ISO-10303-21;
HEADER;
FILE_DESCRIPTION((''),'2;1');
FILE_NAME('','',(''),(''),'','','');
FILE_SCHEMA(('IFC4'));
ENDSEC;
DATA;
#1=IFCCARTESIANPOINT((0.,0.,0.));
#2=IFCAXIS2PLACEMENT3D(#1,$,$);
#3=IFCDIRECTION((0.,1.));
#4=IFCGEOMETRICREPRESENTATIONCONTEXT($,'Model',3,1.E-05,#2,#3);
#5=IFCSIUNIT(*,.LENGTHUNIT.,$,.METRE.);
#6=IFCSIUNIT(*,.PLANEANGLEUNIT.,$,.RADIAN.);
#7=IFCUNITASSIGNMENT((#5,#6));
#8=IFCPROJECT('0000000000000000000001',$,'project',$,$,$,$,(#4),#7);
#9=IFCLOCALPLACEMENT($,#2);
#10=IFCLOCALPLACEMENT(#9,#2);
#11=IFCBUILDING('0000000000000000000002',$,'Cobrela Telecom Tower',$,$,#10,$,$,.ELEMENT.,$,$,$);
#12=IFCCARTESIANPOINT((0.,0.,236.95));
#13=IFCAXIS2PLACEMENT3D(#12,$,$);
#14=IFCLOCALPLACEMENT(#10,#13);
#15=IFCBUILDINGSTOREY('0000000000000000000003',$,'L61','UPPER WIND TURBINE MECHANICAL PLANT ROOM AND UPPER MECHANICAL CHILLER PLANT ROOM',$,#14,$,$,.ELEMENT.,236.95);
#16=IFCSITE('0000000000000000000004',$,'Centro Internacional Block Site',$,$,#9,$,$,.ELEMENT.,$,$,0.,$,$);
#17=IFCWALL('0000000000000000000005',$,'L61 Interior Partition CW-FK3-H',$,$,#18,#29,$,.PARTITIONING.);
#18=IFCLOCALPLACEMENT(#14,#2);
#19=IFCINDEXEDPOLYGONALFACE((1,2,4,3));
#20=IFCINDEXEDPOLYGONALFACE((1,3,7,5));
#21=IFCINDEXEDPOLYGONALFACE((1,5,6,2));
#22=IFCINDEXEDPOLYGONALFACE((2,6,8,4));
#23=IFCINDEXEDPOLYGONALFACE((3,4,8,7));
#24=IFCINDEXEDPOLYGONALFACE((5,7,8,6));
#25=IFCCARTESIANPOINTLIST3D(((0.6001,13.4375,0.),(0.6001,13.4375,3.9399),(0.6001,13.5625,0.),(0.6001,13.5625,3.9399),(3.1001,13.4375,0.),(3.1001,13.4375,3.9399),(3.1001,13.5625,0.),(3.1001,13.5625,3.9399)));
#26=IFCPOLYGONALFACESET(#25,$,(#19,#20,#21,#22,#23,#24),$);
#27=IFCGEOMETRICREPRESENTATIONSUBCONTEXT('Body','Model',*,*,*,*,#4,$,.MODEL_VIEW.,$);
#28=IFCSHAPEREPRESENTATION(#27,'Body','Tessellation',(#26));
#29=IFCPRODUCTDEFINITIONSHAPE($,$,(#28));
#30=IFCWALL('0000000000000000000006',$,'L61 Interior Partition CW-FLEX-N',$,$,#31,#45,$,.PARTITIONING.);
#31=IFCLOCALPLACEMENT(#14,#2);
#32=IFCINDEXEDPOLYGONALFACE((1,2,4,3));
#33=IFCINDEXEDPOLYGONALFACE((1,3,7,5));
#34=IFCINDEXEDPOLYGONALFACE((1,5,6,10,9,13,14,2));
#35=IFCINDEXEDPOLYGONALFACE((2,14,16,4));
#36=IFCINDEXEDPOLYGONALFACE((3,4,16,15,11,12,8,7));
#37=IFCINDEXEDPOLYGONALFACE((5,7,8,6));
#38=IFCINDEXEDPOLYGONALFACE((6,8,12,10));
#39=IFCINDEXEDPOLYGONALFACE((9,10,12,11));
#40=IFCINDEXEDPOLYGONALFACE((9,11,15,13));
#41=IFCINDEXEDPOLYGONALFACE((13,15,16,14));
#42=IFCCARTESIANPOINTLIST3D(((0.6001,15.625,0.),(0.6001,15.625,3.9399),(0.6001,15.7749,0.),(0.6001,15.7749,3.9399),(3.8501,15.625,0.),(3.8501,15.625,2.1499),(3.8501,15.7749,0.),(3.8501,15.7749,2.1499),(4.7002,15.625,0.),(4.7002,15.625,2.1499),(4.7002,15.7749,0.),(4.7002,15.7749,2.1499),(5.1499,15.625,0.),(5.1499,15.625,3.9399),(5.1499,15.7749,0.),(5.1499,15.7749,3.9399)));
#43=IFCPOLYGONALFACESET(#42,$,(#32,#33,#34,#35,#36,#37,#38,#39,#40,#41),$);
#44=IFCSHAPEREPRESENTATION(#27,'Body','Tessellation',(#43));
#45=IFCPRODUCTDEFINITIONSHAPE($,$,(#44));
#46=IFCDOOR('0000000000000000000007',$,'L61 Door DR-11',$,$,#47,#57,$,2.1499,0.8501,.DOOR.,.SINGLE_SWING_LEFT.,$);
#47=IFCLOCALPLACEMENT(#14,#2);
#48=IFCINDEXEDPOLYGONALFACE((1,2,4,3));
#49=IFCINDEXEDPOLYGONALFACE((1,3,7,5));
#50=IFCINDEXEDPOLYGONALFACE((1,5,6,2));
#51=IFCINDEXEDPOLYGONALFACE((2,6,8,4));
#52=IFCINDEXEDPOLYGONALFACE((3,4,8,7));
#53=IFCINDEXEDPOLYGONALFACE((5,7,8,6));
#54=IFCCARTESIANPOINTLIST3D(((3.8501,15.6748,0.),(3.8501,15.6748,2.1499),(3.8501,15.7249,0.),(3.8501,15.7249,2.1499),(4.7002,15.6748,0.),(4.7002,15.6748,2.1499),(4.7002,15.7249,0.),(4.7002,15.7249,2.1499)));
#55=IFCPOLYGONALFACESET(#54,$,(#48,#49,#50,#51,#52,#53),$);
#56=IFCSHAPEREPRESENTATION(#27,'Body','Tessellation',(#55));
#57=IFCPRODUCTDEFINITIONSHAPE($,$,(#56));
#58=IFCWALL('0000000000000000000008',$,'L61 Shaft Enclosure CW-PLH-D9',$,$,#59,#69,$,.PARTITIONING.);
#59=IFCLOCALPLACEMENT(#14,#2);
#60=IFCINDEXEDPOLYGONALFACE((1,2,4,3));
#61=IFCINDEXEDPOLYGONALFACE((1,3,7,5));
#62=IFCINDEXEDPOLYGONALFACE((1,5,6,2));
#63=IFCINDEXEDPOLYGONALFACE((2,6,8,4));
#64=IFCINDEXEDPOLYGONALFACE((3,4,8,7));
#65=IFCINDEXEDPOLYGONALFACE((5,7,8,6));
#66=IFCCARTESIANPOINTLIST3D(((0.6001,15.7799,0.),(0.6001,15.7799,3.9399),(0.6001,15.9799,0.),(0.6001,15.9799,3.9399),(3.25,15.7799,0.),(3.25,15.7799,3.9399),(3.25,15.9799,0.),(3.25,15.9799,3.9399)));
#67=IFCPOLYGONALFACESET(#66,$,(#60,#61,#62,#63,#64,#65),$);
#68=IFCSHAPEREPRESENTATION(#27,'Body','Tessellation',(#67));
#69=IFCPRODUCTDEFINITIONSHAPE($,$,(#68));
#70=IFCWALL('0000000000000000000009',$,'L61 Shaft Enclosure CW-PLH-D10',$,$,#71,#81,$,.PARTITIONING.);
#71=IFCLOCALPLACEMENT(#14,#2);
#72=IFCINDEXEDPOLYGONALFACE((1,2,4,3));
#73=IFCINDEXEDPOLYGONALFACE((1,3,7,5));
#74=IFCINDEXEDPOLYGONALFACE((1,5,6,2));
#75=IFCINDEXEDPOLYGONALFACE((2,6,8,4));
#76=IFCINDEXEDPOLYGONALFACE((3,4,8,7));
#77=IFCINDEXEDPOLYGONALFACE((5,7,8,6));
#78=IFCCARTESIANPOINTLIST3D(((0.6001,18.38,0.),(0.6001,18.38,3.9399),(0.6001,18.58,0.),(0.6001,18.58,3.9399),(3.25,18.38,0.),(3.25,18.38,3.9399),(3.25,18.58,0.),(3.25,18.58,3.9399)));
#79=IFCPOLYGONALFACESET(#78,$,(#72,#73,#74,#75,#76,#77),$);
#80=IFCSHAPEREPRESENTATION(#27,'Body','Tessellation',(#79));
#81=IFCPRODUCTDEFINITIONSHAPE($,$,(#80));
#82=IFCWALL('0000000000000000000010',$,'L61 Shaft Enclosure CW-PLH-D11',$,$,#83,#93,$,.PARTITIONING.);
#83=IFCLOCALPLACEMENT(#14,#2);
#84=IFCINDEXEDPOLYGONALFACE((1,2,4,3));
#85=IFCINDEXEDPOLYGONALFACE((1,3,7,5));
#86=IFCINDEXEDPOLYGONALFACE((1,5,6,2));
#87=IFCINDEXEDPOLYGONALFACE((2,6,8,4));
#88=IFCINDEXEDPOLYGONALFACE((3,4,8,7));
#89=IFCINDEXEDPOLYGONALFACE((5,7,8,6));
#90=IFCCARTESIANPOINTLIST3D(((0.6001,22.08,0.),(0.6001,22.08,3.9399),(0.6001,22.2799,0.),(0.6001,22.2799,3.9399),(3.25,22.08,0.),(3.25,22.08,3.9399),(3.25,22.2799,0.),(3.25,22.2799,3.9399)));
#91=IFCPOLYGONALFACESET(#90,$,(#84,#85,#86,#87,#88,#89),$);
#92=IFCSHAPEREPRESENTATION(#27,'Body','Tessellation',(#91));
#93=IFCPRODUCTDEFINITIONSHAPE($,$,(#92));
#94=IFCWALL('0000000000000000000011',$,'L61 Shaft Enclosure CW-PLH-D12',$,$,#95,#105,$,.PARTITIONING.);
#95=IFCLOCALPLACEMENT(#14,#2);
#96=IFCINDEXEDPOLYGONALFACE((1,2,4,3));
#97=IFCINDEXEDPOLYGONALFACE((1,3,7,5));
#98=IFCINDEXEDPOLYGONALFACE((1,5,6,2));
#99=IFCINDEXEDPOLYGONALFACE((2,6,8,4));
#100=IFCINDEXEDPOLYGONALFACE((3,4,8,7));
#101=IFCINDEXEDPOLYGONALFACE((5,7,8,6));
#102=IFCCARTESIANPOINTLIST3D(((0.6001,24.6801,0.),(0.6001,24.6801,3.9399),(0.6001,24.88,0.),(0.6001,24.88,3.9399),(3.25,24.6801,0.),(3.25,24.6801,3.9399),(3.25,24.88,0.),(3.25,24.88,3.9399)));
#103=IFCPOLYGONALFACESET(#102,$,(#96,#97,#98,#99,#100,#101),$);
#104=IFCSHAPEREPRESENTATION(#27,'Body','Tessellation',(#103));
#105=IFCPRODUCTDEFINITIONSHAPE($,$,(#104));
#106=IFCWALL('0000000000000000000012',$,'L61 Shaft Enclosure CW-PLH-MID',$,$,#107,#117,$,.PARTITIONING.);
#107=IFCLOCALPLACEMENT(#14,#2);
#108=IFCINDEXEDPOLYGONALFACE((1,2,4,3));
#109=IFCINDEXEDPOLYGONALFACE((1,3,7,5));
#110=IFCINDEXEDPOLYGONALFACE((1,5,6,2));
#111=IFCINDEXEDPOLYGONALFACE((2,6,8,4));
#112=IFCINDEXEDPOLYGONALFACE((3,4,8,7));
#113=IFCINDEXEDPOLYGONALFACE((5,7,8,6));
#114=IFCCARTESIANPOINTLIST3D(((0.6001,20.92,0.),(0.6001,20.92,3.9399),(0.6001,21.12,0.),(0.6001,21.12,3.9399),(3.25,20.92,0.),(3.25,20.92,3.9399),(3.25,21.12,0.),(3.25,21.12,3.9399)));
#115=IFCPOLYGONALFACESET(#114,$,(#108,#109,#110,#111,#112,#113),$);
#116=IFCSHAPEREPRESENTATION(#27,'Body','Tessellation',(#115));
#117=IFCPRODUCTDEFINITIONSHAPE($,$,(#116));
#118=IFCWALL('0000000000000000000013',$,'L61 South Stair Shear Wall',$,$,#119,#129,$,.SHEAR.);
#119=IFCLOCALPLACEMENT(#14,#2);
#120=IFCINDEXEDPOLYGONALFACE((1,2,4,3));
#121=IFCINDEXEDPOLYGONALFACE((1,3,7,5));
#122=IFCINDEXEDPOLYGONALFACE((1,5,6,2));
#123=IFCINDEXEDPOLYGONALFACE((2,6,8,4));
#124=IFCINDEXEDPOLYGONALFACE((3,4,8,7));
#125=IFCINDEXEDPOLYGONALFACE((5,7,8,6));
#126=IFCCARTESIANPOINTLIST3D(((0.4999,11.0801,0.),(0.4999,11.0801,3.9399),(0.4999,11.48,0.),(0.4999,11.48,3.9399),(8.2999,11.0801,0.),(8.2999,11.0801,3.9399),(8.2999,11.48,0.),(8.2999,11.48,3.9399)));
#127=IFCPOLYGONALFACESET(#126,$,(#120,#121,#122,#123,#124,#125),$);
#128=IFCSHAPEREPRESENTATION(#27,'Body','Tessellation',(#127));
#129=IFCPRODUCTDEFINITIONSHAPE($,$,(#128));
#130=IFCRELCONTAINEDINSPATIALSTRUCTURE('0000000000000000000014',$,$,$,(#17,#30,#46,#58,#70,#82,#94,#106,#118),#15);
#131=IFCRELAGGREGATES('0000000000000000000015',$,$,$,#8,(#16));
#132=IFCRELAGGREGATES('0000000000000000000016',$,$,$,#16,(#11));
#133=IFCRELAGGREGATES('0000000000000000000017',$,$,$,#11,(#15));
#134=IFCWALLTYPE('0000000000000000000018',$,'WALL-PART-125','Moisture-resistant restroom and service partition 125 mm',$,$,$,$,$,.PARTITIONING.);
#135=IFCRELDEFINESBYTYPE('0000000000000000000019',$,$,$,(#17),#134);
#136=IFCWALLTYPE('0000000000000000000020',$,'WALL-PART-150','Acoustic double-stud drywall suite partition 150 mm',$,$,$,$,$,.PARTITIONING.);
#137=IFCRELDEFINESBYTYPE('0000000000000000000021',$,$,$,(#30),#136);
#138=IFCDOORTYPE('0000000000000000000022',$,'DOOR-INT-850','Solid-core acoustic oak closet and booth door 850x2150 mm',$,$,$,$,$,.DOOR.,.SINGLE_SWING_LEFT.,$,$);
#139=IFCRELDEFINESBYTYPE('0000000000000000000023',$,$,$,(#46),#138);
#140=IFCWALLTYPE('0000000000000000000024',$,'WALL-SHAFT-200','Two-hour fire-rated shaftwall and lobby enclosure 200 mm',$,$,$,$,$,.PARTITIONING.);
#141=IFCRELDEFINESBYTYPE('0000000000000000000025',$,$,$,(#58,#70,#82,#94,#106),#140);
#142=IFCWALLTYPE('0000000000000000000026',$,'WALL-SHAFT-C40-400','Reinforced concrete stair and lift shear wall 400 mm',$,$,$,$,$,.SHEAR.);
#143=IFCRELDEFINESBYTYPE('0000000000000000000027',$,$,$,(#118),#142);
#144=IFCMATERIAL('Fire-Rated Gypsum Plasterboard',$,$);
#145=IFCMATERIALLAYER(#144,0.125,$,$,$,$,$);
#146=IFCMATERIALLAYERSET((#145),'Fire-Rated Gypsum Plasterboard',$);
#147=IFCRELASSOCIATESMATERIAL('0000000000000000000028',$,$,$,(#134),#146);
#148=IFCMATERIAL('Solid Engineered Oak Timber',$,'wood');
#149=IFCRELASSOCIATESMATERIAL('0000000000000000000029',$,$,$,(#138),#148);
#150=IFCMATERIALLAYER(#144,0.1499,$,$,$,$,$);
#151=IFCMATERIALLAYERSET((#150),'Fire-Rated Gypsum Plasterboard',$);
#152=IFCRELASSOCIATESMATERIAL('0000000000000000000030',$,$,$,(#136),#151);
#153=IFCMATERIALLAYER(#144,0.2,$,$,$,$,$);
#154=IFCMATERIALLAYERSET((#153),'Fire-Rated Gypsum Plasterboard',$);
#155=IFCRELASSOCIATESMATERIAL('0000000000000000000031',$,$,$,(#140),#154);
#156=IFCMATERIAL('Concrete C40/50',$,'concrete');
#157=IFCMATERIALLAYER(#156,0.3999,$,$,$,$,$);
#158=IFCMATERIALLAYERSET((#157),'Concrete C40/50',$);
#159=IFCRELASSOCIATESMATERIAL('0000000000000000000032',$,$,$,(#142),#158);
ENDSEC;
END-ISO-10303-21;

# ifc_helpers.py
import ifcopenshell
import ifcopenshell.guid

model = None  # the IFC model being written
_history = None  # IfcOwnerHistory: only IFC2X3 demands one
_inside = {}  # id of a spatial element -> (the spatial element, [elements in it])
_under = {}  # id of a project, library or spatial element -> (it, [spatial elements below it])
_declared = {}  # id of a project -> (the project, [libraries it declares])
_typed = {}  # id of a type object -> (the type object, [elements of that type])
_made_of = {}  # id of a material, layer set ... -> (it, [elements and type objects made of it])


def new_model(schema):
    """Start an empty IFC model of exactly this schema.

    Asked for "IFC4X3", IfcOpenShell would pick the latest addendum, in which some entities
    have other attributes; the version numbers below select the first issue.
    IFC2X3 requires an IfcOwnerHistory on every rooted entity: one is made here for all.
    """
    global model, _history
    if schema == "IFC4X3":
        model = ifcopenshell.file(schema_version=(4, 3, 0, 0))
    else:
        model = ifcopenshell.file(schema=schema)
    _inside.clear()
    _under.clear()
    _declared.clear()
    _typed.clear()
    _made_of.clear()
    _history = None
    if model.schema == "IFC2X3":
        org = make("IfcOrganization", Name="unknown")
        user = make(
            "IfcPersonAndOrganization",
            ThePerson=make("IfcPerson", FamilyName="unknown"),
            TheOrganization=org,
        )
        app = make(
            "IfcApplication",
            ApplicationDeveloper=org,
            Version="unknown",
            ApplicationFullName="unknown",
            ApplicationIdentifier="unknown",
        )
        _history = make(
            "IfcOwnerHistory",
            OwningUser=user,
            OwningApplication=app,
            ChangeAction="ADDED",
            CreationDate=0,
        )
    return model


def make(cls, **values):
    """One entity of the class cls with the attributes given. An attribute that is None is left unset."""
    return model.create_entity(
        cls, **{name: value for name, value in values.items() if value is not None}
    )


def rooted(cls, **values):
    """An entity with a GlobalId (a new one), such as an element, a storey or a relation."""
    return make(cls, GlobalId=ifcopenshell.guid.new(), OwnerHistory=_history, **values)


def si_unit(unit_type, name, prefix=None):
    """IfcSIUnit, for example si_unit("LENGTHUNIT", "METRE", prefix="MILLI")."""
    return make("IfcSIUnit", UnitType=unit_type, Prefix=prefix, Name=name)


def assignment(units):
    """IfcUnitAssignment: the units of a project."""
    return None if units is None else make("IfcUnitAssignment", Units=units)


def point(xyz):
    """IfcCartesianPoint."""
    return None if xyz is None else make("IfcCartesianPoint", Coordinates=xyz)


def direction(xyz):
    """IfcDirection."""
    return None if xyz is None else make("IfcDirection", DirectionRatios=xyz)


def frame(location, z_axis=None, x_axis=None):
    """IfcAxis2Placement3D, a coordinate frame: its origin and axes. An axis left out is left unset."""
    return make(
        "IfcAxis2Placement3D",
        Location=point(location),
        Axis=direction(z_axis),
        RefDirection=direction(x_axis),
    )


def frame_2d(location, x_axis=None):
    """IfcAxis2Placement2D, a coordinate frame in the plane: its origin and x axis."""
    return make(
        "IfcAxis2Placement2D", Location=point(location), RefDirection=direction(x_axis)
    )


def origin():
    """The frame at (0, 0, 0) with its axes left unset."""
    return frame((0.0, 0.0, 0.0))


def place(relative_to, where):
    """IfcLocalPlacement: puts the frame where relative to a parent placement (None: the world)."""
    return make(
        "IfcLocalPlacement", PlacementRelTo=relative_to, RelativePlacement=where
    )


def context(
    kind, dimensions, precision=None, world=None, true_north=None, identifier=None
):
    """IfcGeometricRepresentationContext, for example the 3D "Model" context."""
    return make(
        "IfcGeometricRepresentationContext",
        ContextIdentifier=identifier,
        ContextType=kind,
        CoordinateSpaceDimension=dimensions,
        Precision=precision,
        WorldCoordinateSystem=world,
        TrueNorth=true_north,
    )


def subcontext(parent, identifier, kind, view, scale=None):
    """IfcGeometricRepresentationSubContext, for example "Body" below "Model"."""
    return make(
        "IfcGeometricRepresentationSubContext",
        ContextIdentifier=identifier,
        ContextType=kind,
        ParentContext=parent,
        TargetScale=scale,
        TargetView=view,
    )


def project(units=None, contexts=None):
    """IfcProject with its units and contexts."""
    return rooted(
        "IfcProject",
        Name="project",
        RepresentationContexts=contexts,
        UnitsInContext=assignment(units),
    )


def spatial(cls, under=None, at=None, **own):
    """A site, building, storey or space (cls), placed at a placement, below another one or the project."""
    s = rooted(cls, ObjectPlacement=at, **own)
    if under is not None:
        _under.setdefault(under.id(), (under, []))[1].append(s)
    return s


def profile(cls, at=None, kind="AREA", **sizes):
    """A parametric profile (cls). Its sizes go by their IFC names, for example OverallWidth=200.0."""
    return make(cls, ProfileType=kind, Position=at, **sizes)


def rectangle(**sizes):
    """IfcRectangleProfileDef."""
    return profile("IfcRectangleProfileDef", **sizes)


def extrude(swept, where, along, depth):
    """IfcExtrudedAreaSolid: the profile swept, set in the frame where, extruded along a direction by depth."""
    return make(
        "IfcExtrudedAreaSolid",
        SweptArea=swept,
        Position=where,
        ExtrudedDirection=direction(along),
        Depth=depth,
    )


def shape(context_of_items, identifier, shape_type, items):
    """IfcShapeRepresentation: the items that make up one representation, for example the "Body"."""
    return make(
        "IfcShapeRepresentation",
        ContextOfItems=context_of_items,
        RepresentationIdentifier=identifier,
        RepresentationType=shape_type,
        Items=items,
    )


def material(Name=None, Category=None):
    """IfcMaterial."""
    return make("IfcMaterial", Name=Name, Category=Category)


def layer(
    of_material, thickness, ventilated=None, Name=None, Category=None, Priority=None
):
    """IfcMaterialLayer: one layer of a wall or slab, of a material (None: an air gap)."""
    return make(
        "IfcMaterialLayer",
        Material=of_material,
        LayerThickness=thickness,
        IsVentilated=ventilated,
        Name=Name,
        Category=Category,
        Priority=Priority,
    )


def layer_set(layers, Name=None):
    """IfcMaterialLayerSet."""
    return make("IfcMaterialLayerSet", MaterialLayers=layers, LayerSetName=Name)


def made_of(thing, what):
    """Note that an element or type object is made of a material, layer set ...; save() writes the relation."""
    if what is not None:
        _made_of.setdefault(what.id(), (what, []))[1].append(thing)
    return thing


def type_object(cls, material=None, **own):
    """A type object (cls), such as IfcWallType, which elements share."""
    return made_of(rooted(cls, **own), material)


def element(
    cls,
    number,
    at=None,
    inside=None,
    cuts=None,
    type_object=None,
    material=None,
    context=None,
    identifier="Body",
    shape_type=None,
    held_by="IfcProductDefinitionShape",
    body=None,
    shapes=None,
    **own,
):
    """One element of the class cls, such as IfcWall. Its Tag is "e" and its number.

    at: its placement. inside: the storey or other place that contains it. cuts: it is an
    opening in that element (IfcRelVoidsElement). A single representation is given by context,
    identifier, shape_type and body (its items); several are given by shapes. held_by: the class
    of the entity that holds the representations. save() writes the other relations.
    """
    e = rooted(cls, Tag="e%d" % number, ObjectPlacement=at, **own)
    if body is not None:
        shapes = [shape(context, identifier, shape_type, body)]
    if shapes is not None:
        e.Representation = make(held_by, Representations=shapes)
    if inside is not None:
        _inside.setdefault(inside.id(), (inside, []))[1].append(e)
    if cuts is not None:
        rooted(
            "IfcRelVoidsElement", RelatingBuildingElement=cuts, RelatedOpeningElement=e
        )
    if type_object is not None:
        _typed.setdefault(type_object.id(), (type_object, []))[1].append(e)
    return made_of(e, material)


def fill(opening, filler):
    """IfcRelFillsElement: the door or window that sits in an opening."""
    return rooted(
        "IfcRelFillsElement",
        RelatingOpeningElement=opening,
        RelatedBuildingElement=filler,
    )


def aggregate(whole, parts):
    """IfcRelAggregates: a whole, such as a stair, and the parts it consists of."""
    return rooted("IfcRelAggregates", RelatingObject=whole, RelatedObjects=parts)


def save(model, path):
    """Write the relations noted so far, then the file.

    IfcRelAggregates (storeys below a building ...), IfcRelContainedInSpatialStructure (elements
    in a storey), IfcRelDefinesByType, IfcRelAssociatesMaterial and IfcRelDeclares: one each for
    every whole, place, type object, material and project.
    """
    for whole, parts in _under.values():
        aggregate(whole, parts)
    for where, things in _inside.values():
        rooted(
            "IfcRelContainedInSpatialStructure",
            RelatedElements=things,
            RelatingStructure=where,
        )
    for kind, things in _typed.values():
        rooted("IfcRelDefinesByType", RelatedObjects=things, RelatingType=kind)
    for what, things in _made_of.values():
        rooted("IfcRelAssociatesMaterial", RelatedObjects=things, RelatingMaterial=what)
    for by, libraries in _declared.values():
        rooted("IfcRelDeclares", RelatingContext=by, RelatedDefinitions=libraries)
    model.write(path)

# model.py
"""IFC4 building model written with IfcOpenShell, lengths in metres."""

from ifc_helpers import new_model, si_unit, direction, frame, frame_2d, origin, place, context, subcontext, project, spatial, rectangle, extrude, material, layer, layer_set, type_object, element, fill, save


model = new_model("IFC4")

# Units and contexts
model_context = context("Model", 3, precision=1e-05, world=origin(), true_north=direction((0.0, 1.0)))
body_context = subcontext(model_context, "Body", "Model", "MODEL_VIEW")
ifc_project = project(units=[si_unit("LENGTHUNIT", "METRE"), si_unit("PLANEANGLEUNIT", "RADIAN")], contexts=[model_context])

# Site, building, storey
site_placement = place(None, origin())
site = spatial("IfcSite", under=ifc_project, at=site_placement, Name="Centro Internacional Block Site", CompositionType="ELEMENT", RefElevation=0.0)
building_placement = place(site_placement, origin())
building = spatial("IfcBuilding", under=site, at=building_placement, Name="Cobrela Telecom Tower", CompositionType="ELEMENT")
storey_placement = place(building_placement, frame((0.0, 0.0, 236.95)))
storey = spatial("IfcBuildingStorey", under=building, at=storey_placement, Name="L61", Description="UPPER WIND TURBINE MECHANICAL PLANT ROOM AND UPPER MECHANICAL CHILLER PLANT ROOM", CompositionType="ELEMENT", Elevation=236.95)

# Wall
ifc_material_1 = material(Name="Fire-Rated Gypsum Plasterboard")
ifc_layer_1 = layer(ifc_material_1, 0.125)
ifc_layer_set_1 = layer_set([ifc_layer_1], Name="Fire-Rated Gypsum Plasterboard")
wall_type_1 = type_object("IfcWallType", Name="WALL-PART-125", Description="Moisture-resistant restroom and service partition 125 mm", PredefinedType="PARTITIONING", material=ifc_layer_set_1)
wall_1_placement = place(storey_placement, frame((0.6001, 13.5, 0.0), z_axis=(0.0, 0.0, 1.0), x_axis=(1.0, 0.0, 0.0)))
element("IfcWall", 1, at=wall_1_placement, inside=storey, type_object=wall_type_1, Name="L61 Interior Partition CW-FK3-H", PredefinedType="PARTITIONING", context=body_context, shape_type="SweptSolid", body=[
    extrude(rectangle(XDim=2.5, YDim=0.125, at=frame_2d((1.25, 0.0))), origin(), (0.0, 0.0, 1.0), 3.9399),
])

# Shared definitions
ifc_material_2 = material(Name="Solid Engineered Oak Timber", Category="wood")
door_type = type_object("IfcDoorType", Name="DOOR-INT-850", Description="Solid-core acoustic oak closet and booth door 850x2150 mm", OperationType="SINGLE_SWING_LEFT", PredefinedType="DOOR", material=ifc_material_2)

# Wall, opening, door
ifc_layer_2 = layer(ifc_material_1, 0.1499)
ifc_layer_set_2 = layer_set([ifc_layer_2], Name="Fire-Rated Gypsum Plasterboard")
wall_type_2 = type_object("IfcWallType", Name="WALL-PART-150", Description="Acoustic double-stud drywall suite partition 150 mm", PredefinedType="PARTITIONING", material=ifc_layer_set_2)
wall_2_placement = place(storey_placement, frame((0.6001, 15.7, 0.0), z_axis=(0.0, 0.0, 1.0), x_axis=(1.0, 0.0, 0.0)))
wall_2 = element("IfcWall", 2, at=wall_2_placement, inside=storey, type_object=wall_type_2, Name="L61 Interior Partition CW-FLEX-N", PredefinedType="PARTITIONING", context=body_context, shape_type="SweptSolid", body=[
    extrude(rectangle(XDim=4.5498, YDim=0.1499, at=frame_2d((2.2749, 0.0))), origin(), (0.0, 0.0, 1.0), 3.9399),
])
opening_1_placement = place(wall_2_placement, frame((3.25, 0.0, 0.0)))
opening_1 = element("IfcOpeningElement", 3, at=opening_1_placement, cuts=wall_2, PredefinedType="OPENING", context=body_context, shape_type="SweptSolid", body=[
    extrude(rectangle(XDim=0.8501, YDim=2.1499, at=frame_2d((0.425, 1.075))), frame((0.0, 0.0869, 0.0), z_axis=(0.0, -1.0, 0.0), x_axis=(1.0, 0.0, 0.0)), (0.0, 0.0, 1.0), 0.1738),
])
door_1_placement = place(opening_1_placement, origin())
door_1 = element("IfcDoor", 4, at=door_1_placement, inside=storey, type_object=door_type, Name="L61 Door DR-11", OperationType="SINGLE_SWING_LEFT", OverallHeight=2.1499, OverallWidth=0.8501, PredefinedType="DOOR", context=body_context, shape_type="SweptSolid", body=[
    extrude(rectangle(XDim=0.8501, YDim=2.1499, at=frame_2d((0.425, 1.075))), frame((0.0, 0.0249, 0.0), z_axis=(0.0, -1.0, 0.0), x_axis=(1.0, 0.0, 0.0)), (0.0, 0.0, 1.0), 0.05),
])
fill(opening_1, door_1)

# Walls
ifc_layer_3 = layer(ifc_material_1, 0.2)
ifc_layer_set_3 = layer_set([ifc_layer_3], Name="Fire-Rated Gypsum Plasterboard")
wall_type_3 = type_object("IfcWallType", Name="WALL-SHAFT-200", Description="Two-hour fire-rated shaftwall and lobby enclosure 200 mm", PredefinedType="PARTITIONING", material=ifc_layer_set_3)
for number, where, z_axis, x_axis, name in (
    (5, (0.6001, 15.8799, 0.0), (0.0, 0.0, 1.0), (1.0, 0.0, 0.0), "L61 Shaft Enclosure CW-PLH-D9"),
    (6, (0.6001, 18.48, 0.0), (0.0, 0.0, 1.0), (1.0, 0.0, 0.0), "L61 Shaft Enclosure CW-PLH-D10"),
    (7, (0.6001, 22.1799, 0.0), (0.0, 0.0, 1.0), (1.0, 0.0, 0.0), "L61 Shaft Enclosure CW-PLH-D11"),
    (8, (0.6001, 24.78, 0.0), (0.0, 0.0, 1.0), (1.0, 0.0, 0.0), "L61 Shaft Enclosure CW-PLH-D12"),
    (9, (0.6001, 21.02, 0.0), (0.0, 0.0, 1.0), (1.0, 0.0, 0.0), "L61 Shaft Enclosure CW-PLH-MID"),
):
    element("IfcWall", number, at=place(storey_placement, frame(where, z_axis=z_axis, x_axis=x_axis)), inside=storey, type_object=wall_type_3, Name=name, PredefinedType="PARTITIONING", context=body_context, shape_type="SweptSolid", body=[
        extrude(rectangle(XDim=2.6499, YDim=0.2, at=frame_2d((1.325, 0.0))), origin(), (0.0, 0.0, 1.0), 3.9399),
    ])
ifc_material_3 = material(Name="Concrete C40/50", Category="concrete")
ifc_layer_4 = layer(ifc_material_3, 0.3999)
ifc_layer_set_4 = layer_set([ifc_layer_4], Name="Concrete C40/50")
wall_type_4 = type_object("IfcWallType", Name="WALL-SHAFT-C40-400", Description="Reinforced concrete stair and lift shear wall 400 mm", PredefinedType="SHEAR", material=ifc_layer_set_4)
wall_3_placement = place(storey_placement, frame((0.5, 11.28, 0.0), z_axis=(0.0, 0.0, 1.0), x_axis=(1.0, 0.0, 0.0)))
element("IfcWall", 10, at=wall_3_placement, inside=storey, type_object=wall_type_4, Name="L61 South Stair Shear Wall", PredefinedType="SHEAR", context=body_context, shape_type="SweptSolid", body=[
    extrude(rectangle(XDim=7.8, YDim=0.3999, at=frame_2d((3.8999, 0.0))), origin(), (0.0, 0.0, 1.0), 3.9399),
])

save(model, "model.ifc")
